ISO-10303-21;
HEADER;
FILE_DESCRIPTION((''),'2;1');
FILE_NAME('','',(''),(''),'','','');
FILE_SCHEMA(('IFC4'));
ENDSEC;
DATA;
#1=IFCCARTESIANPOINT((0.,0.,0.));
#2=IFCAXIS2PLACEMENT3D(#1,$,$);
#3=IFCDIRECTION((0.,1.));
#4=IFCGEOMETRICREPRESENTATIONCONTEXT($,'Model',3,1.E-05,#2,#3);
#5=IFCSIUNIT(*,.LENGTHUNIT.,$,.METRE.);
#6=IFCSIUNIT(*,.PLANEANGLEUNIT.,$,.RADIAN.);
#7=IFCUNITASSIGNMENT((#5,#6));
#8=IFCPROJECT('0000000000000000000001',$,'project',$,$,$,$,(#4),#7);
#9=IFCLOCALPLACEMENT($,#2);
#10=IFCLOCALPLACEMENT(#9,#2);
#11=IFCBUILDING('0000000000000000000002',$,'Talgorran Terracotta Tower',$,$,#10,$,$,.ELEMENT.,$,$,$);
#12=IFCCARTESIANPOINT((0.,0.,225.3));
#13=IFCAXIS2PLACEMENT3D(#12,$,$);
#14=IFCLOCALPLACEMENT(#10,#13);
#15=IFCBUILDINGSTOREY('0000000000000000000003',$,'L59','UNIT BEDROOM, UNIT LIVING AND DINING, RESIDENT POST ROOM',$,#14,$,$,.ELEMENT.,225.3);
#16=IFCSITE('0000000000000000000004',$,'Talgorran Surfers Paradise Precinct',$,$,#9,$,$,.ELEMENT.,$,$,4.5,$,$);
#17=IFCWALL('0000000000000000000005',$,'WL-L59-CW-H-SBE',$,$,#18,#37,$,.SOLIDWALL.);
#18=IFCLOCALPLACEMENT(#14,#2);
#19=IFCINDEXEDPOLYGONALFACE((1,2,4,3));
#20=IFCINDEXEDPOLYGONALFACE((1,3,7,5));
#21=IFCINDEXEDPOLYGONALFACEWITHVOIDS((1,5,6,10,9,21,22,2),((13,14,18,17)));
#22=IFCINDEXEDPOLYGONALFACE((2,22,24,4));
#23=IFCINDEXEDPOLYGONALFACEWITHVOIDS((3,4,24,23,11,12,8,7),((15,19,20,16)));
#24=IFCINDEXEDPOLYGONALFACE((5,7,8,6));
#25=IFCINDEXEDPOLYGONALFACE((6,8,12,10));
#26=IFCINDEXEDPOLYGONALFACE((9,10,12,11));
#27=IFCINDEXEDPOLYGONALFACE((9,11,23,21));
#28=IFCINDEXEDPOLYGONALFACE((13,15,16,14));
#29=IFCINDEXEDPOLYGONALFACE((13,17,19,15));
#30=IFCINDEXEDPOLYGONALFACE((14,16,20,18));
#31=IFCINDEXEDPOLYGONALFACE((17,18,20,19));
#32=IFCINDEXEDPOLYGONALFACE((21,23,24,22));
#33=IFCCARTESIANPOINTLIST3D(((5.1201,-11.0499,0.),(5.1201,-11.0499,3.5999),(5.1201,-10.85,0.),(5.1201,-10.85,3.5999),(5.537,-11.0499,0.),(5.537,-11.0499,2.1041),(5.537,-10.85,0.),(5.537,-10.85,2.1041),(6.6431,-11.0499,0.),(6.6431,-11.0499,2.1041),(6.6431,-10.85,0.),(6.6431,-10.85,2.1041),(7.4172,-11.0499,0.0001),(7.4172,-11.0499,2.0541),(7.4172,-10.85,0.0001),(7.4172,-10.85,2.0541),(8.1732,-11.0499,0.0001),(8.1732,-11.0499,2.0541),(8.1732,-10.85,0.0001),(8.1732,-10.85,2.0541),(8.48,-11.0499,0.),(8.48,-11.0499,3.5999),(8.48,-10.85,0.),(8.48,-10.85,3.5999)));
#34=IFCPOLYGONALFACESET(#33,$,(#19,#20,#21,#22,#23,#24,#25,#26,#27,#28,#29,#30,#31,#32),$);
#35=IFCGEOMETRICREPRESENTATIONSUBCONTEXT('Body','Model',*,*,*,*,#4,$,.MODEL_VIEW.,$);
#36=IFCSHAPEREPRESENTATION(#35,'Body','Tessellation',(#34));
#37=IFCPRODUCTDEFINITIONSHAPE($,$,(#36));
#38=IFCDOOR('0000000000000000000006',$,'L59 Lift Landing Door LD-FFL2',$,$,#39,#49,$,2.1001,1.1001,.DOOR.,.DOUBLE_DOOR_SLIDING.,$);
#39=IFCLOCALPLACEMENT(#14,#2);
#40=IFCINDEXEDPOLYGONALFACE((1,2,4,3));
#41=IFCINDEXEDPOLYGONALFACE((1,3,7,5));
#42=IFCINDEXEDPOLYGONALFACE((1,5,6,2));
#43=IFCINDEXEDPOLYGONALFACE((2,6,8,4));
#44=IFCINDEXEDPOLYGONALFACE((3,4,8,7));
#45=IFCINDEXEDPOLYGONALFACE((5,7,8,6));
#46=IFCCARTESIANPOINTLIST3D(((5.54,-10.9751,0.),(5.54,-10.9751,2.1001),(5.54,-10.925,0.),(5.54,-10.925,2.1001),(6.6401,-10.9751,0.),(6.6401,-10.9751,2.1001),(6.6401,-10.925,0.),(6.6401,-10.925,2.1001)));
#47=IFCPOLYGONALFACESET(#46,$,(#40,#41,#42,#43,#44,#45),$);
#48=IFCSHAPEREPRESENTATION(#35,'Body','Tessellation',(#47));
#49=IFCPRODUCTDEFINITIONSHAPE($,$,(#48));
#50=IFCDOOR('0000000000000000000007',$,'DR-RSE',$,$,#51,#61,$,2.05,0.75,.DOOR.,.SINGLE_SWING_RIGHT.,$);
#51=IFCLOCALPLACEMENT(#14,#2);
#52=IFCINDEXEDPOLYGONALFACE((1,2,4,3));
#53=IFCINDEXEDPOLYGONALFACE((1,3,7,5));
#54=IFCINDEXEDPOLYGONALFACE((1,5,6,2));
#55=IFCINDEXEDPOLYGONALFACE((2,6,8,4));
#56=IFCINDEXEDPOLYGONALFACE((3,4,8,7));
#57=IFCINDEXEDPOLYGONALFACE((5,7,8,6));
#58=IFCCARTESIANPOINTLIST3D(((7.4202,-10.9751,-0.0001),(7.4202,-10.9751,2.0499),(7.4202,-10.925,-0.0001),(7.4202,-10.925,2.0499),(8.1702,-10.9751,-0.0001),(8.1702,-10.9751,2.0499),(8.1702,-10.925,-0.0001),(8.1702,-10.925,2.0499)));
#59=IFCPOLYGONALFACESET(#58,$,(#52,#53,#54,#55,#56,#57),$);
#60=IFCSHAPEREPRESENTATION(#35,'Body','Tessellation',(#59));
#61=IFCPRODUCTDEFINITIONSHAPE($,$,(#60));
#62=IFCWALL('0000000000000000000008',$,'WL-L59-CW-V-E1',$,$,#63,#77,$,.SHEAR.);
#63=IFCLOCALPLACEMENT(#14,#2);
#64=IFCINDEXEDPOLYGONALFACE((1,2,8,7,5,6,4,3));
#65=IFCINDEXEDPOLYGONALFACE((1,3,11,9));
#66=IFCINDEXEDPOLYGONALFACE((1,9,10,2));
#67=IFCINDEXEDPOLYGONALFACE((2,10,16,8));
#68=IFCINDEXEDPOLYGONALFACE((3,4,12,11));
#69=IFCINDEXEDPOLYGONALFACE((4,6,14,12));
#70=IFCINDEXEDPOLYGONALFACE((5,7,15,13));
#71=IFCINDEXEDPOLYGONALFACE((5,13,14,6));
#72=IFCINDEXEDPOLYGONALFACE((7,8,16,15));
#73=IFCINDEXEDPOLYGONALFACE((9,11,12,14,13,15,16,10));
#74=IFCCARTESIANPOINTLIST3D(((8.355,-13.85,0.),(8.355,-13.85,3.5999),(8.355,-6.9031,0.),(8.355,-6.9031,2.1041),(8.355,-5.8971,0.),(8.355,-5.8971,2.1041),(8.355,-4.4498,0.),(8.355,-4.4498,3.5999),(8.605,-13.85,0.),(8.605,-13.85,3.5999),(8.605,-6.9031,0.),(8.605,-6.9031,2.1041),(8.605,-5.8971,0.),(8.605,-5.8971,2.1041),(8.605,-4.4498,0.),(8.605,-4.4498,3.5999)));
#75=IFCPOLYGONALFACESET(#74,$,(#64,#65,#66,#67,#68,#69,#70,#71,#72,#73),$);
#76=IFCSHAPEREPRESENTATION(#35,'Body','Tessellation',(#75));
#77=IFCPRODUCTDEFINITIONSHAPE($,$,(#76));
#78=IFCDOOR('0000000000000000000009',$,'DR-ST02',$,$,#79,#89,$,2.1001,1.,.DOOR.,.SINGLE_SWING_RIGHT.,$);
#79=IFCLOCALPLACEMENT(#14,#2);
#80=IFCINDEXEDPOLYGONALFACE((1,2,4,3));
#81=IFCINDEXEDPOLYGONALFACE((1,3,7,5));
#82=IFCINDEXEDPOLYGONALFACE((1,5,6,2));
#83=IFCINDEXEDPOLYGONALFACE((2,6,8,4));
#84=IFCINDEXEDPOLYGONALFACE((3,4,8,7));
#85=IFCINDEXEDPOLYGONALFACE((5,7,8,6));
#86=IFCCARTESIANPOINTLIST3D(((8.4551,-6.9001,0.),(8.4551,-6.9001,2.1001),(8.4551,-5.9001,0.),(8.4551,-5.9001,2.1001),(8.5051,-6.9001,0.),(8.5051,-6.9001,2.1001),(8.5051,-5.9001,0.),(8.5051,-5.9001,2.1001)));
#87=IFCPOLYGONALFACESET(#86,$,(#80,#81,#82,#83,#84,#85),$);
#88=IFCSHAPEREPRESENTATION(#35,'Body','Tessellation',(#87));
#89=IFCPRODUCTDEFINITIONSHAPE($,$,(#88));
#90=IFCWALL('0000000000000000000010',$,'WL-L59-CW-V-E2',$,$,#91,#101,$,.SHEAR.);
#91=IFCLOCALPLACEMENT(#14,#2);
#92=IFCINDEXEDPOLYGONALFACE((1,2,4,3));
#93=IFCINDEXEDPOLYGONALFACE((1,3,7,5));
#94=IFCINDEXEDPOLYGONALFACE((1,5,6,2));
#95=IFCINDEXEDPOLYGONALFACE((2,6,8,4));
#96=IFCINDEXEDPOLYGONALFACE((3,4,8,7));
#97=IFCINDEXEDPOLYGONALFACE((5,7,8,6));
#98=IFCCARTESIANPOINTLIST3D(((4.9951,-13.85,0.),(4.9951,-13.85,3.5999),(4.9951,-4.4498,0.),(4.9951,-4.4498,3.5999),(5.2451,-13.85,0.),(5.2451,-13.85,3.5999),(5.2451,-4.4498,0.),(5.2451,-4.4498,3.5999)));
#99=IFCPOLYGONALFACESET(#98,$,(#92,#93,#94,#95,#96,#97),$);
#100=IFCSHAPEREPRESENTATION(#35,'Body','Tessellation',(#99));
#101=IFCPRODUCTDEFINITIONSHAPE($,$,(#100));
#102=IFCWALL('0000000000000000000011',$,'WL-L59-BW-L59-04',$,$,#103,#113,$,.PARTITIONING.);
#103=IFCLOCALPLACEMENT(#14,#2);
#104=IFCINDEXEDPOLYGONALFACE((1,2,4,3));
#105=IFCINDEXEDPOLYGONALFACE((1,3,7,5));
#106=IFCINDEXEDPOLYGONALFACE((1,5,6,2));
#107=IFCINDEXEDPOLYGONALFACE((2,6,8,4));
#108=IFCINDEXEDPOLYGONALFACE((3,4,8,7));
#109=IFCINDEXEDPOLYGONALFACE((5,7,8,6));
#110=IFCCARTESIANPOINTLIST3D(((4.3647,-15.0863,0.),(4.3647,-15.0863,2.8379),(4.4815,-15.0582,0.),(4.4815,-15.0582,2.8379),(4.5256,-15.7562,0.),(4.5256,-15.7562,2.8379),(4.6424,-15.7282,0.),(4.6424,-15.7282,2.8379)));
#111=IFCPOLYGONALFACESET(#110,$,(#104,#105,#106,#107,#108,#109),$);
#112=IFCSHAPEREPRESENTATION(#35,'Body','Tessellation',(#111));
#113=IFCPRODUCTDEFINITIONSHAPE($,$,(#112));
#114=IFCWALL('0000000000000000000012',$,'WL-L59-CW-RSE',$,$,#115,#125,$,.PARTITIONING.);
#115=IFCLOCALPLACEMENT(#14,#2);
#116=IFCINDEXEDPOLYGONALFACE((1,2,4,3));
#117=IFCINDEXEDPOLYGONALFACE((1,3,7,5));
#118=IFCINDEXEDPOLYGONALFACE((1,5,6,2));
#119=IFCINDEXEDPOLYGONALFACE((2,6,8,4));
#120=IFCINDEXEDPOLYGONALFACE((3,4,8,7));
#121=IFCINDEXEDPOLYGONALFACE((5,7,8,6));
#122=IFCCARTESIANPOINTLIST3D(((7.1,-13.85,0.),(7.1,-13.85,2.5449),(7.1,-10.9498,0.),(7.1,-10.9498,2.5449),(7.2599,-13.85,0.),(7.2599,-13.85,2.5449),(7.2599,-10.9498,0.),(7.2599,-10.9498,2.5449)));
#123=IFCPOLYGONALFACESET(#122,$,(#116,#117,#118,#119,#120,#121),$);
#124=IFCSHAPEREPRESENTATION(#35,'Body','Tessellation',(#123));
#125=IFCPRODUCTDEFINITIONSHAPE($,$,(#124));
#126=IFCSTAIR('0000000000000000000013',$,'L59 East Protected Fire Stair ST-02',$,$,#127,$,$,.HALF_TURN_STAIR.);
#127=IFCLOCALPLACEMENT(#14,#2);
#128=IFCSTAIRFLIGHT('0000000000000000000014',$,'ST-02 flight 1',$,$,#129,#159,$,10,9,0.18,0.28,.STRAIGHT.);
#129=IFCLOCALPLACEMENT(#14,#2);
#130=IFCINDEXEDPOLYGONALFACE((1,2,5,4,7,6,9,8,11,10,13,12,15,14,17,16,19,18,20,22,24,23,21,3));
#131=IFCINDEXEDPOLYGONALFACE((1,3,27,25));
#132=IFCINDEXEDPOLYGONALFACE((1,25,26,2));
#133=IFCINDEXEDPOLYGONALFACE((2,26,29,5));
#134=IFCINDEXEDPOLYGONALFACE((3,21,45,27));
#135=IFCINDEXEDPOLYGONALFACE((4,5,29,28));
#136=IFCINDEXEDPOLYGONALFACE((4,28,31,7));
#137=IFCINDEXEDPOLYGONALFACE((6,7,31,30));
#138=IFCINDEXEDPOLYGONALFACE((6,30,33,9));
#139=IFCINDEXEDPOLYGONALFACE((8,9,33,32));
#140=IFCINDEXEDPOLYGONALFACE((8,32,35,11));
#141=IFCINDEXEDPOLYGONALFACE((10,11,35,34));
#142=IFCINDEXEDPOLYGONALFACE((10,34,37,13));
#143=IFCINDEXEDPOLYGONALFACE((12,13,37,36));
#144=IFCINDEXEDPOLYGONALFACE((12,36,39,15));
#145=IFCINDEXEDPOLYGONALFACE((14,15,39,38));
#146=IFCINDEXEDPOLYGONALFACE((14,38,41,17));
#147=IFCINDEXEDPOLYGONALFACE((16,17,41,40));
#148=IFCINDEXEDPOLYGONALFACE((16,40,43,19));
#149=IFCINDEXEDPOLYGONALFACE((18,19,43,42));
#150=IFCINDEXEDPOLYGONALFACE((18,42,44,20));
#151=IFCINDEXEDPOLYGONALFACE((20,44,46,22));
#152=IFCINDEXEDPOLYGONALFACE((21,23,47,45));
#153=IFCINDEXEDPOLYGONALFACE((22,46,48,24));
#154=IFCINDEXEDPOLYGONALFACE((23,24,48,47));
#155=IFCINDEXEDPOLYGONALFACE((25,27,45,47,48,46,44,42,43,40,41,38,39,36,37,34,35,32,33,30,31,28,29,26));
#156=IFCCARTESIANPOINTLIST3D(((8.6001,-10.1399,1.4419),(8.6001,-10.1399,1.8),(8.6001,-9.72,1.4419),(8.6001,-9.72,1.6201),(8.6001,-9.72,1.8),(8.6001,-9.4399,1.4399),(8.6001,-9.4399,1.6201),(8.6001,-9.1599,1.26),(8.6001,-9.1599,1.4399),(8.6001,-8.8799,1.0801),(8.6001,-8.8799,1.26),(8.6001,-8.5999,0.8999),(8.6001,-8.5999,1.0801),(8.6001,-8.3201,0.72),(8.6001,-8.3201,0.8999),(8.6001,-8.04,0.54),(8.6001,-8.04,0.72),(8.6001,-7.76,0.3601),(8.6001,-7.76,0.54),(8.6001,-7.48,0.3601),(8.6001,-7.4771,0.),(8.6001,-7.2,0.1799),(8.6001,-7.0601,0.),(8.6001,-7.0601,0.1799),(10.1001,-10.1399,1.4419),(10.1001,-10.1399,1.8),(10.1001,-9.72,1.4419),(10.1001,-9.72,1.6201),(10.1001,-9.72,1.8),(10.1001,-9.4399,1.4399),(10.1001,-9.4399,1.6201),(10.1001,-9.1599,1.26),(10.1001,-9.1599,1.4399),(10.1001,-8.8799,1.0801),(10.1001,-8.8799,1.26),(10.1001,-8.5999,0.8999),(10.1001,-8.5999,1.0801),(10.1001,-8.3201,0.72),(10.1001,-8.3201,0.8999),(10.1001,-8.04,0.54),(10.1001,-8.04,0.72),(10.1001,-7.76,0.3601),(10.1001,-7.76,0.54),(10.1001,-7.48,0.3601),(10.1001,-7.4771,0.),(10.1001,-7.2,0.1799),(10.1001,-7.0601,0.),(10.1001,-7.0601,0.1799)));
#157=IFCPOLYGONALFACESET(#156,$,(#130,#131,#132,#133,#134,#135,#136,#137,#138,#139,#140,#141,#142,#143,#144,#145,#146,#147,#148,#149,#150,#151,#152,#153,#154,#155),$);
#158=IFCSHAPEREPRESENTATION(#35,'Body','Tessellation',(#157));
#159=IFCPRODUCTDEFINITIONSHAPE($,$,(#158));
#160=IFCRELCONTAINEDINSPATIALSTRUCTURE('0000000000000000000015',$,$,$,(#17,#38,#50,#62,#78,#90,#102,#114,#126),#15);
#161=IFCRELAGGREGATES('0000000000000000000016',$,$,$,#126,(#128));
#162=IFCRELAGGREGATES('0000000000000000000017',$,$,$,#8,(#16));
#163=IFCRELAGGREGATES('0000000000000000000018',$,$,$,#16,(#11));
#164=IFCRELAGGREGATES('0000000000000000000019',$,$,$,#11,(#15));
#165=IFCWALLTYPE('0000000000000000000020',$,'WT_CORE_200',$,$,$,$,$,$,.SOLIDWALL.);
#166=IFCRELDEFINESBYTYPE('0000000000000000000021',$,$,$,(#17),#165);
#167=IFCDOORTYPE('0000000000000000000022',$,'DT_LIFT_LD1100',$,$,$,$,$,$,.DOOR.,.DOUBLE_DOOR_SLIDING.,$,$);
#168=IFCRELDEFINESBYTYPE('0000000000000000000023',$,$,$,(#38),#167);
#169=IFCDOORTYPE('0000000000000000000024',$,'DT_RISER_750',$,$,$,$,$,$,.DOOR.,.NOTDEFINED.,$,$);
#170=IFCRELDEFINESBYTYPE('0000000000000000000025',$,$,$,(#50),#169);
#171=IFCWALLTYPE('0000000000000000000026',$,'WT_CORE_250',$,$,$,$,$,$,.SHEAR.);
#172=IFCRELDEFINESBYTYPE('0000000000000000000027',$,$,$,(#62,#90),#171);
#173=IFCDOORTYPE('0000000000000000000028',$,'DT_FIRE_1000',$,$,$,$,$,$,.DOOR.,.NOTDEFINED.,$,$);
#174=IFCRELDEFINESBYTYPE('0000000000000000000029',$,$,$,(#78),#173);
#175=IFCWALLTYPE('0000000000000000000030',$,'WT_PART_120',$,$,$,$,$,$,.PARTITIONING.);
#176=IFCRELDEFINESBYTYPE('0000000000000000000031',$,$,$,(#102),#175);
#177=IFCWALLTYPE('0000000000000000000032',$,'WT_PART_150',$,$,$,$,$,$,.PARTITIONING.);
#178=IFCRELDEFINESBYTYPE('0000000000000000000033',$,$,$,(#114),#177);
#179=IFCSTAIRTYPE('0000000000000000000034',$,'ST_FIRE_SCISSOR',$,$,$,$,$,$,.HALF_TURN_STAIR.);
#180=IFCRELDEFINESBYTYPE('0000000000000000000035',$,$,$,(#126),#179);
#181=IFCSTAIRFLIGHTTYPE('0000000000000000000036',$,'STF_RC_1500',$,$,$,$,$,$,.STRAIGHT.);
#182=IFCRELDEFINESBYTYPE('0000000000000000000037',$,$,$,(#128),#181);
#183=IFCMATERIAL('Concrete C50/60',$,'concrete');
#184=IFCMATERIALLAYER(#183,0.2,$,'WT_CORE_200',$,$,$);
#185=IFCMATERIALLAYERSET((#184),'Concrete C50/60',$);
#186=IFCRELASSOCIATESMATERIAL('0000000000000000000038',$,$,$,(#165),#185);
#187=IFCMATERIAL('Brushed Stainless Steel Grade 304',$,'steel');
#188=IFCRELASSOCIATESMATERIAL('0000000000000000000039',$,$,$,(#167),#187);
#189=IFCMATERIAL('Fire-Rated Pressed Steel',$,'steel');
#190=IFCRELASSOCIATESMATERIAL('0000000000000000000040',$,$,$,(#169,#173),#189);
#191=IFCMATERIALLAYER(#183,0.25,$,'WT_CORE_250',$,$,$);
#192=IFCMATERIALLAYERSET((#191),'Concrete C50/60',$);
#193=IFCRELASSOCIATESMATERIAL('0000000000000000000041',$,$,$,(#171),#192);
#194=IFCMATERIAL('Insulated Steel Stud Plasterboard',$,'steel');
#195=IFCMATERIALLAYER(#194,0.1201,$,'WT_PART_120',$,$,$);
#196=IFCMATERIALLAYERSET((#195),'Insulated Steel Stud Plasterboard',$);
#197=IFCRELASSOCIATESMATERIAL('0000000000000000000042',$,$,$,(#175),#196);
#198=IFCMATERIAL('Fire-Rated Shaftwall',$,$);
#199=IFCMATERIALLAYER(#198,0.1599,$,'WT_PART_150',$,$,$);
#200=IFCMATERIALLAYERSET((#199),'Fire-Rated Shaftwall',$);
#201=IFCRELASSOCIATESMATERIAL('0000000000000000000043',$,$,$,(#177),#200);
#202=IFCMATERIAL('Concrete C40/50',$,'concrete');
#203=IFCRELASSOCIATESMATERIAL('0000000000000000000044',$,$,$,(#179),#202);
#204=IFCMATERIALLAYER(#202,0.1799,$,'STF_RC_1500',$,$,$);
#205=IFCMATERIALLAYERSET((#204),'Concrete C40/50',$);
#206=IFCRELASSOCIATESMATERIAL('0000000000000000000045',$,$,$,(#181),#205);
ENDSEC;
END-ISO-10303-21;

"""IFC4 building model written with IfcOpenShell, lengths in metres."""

from ifc_helpers import new_model, si_unit, direction, frame, frame_2d, origin, place, context, subcontext, project, spatial, polyline, rectangle, outline, extrude, material, layer, layer_set, type_object, element, fill, aggregate, save


model = new_model("IFC4")

# Units and contexts
model_context = context("Model", 3, precision=1e-05, world=origin(), true_north=direction((0.0, 1.0)))
body_context = subcontext(model_context, "Body", "Model", "MODEL_VIEW")
ifc_project = project(units=[si_unit("LENGTHUNIT", "METRE"), si_unit("PLANEANGLEUNIT", "RADIAN")], contexts=[model_context])

# Site, building, storey
site_placement = place(None, origin())
site = spatial("IfcSite", under=ifc_project, at=site_placement, Name="Talgorran Surfers Paradise Precinct", CompositionType="ELEMENT", RefElevation=4.5)
building_placement = place(site_placement, origin())
building = spatial("IfcBuilding", under=site, at=building_placement, Name="Talgorran Terracotta Tower", CompositionType="ELEMENT")
storey_placement = place(building_placement, frame((0.0, 0.0, 225.3)))
storey = spatial("IfcBuildingStorey", under=building, at=storey_placement, Name="L59", Description="UNIT BEDROOM, UNIT LIVING AND DINING, RESIDENT POST ROOM", CompositionType="ELEMENT", Elevation=225.3)

# Shared definitions
ifc_material_1 = material(Name="Concrete C50/60", Category="concrete")

# Shared definitions
ifc_layer_1 = layer(ifc_material_1, 0.2, Name="WT_CORE_200")
ifc_layer_set_1 = layer_set([ifc_layer_1], Name="Concrete C50/60")
wall_type_1 = type_object("IfcWallType", Name="WT_CORE_200", PredefinedType="SOLIDWALL", material=ifc_layer_set_1)

# Wall, openings, doors
wall_1_placement = place(storey_placement, frame((5.1201, -10.95, 0.0), z_axis=(0.0, 0.0, 1.0), x_axis=(1.0, 0.0, 0.0)))
wall_1 = element("IfcWall", 1, at=wall_1_placement, inside=storey, type_object=wall_type_1, Name="WL-L59-CW-H-SBE", PredefinedType="SOLIDWALL", context=body_context, shape_type="SweptSolid", body=[
    extrude(rectangle(XDim=3.3599, YDim=0.2, at=frame_2d((1.6799, 0.0))), origin(), (0.0, 0.0, 1.0), 3.5999),
])
opening_1_placement = place(wall_1_placement, frame((0.4199, 0.0, 0.0)))
opening_1 = element("IfcOpeningElement", 2, at=opening_1_placement, cuts=wall_1, PredefinedType="OPENING", context=body_context, shape_type="SweptSolid", body=[
    extrude(rectangle(XDim=1.1061, YDim=2.1041, at=frame_2d((0.55, 1.052))), frame((0.0, 0.1099, 0.0), z_axis=(0.0, -1.0, 0.0), x_axis=(1.0, 0.0, 0.0)), (0.0, 0.0, 1.0), 0.22),
])
opening_2_placement = place(wall_1_placement, frame((2.3, 0.0, 0.0)))
opening_2 = element("IfcOpeningElement", 3, at=opening_2_placement, cuts=wall_1, PredefinedType="OPENING", context=body_context, shape_type="SweptSolid", body=[
    extrude(rectangle(XDim=0.756, YDim=2.054, at=frame_2d((0.375, 1.0271))), frame((0.0, 0.1099, 0.0), z_axis=(0.0, -1.0, 0.0), x_axis=(1.0, 0.0, 0.0)), (0.0, 0.0, 1.0), 0.22),
])
ifc_material_2 = material(Name="Brushed Stainless Steel Grade 304", Category="steel")
door_type_1 = type_object("IfcDoorType", Name="DT_LIFT_LD1100", OperationType="DOUBLE_DOOR_SLIDING", PredefinedType="DOOR", material=ifc_material_2)
door_1_placement = place(opening_1_placement, origin())
door_1 = element("IfcDoor", 4, at=door_1_placement, inside=storey, type_object=door_type_1, Name="L59 Lift Landing Door LD-FFL2", OperationType="DOUBLE_DOOR_SLIDING", OverallHeight=2.1001, OverallWidth=1.1001, PredefinedType="DOOR", context=body_context, shape_type="SweptSolid", body=[
    extrude(rectangle(XDim=1.1001, YDim=2.1001, at=frame_2d((0.55, 1.05))), frame((0.0, 0.0249, 0.0), z_axis=(0.0, -1.0, 0.0), x_axis=(1.0, 0.0, 0.0)), (0.0, 0.0, 1.0), 0.05),
])
fill(opening_1, door_1)
ifc_material_3 = material(Name="Fire-Rated Pressed Steel", Category="steel")
door_type_2 = type_object("IfcDoorType", Name="DT_RISER_750", OperationType="NOTDEFINED", PredefinedType="DOOR", material=ifc_material_3)
door_2_placement = place(opening_2_placement, origin())
door_2 = element("IfcDoor", 5, at=door_2_placement, inside=storey, type_object=door_type_2, Name="DR-RSE", OperationType="SINGLE_SWING_RIGHT", OverallHeight=2.05, OverallWidth=0.75, PredefinedType="DOOR", context=body_context, shape_type="SweptSolid", body=[
    extrude(rectangle(XDim=0.75, YDim=2.05, at=frame_2d((0.375, 1.0249))), frame((0.0, 0.0249, 0.0), z_axis=(0.0, -1.0, 0.0), x_axis=(1.0, 0.0, 0.0)), (0.0, 0.0, 1.0), 0.05),
])
fill(opening_2, door_2)

# Wall, opening, door
ifc_layer_2 = layer(ifc_material_1, 0.25, Name="WT_CORE_250")
ifc_layer_set_2 = layer_set([ifc_layer_2], Name="Concrete C50/60")
wall_type_2 = type_object("IfcWallType", Name="WT_CORE_250", PredefinedType="SHEAR", material=ifc_layer_set_2)
wall_2_placement = place(storey_placement, frame((8.48, -13.8501, 0.0), z_axis=(0.0, 0.0, 1.0), x_axis=(0.0, 1.0, 0.0)))
wall_2 = element("IfcWall", 6, at=wall_2_placement, inside=storey, type_object=wall_type_2, Name="WL-L59-CW-V-E1", PredefinedType="SHEAR", context=body_context, shape_type="SweptSolid", body=[
    extrude(rectangle(XDim=9.4001, YDim=0.25, at=frame_2d((4.7002, 0.0))), origin(), (0.0, 0.0, 1.0), 3.5999),
])
opening_3_placement = place(wall_2_placement, frame((6.95, 0.0, 0.0)))
opening_3 = element("IfcOpeningElement", 7, at=opening_3_placement, cuts=wall_2, PredefinedType="OPENING", context=body_context, shape_type="SweptSolid", body=[
    extrude(rectangle(XDim=1.006, YDim=2.1041, at=frame_2d((0.5, 1.052))), frame((0.0, 0.135, 0.0), z_axis=(0.0, -1.0, 0.0), x_axis=(1.0, 0.0, 0.0)), (0.0, 0.0, 1.0), 0.27),
])
door_type_3 = type_object("IfcDoorType", Name="DT_FIRE_1000", OperationType="NOTDEFINED", PredefinedType="DOOR", material=ifc_material_3)
door_3_placement = place(opening_3_placement, origin())
door_3 = element("IfcDoor", 8, at=door_3_placement, inside=storey, type_object=door_type_3, Name="DR-ST02", OperationType="SINGLE_SWING_RIGHT", OverallHeight=2.1001, OverallWidth=1.0, PredefinedType="DOOR", context=body_context, shape_type="SweptSolid", body=[
    extrude(rectangle(XDim=1.0, YDim=2.1001, at=frame_2d((0.5, 1.05))), frame((0.0, 0.0249, 0.0), z_axis=(0.0, -1.0, 0.0), x_axis=(1.0, 0.0, 0.0)), (0.0, 0.0, 1.0), 0.05),
])
fill(opening_3, door_3)

# Walls
wall_3_placement = place(storey_placement, frame((5.1201, -13.8501, 0.0), z_axis=(0.0, 0.0, 1.0), x_axis=(0.0, 1.0, 0.0)))
element("IfcWall", 9, at=wall_3_placement, inside=storey, type_object=wall_type_2, Name="WL-L59-CW-V-E2", PredefinedType="SHEAR", context=body_context, shape_type="SweptSolid", body=[
    extrude(rectangle(XDim=9.4001, YDim=0.25, at=frame_2d((4.7002, 0.0))), origin(), (0.0, 0.0, 1.0), 3.5999),
])
ifc_material_4 = material(Name="Insulated Steel Stud Plasterboard", Category="steel")
ifc_layer_3 = layer(ifc_material_4, 0.1201, Name="WT_PART_120")
ifc_layer_set_3 = layer_set([ifc_layer_3], Name="Insulated Steel Stud Plasterboard")
wall_type_3 = type_object("IfcWallType", Name="WT_PART_120", PredefinedType="PARTITIONING", material=ifc_layer_set_3)
wall_4_placement = place(storey_placement, frame((4.4231, -15.0723, 0.0), z_axis=(0.0, 0.0, 1.0), x_axis=(0.23352, -0.972352, 0.0)))
element("IfcWall", 10, at=wall_4_placement, inside=storey, type_object=wall_type_3, Name="WL-L59-BW-L59-04", PredefinedType="PARTITIONING", context=body_context, shape_type="SweptSolid", body=[
    extrude(rectangle(XDim=0.689, YDim=0.1201, at=frame_2d((0.3445, 0.0))), origin(), (0.0, 0.0, 1.0), 2.8379),
])
ifc_material_5 = material(Name="Fire-Rated Shaftwall")
ifc_layer_4 = layer(ifc_material_5, 0.1599, Name="WT_PART_150")
ifc_layer_set_4 = layer_set([ifc_layer_4], Name="Fire-Rated Shaftwall")
wall_type_4 = type_object("IfcWallType", Name="WT_PART_150", PredefinedType="PARTITIONING", material=ifc_layer_set_4)
wall_5_placement = place(storey_placement, frame((7.1799, -13.8501, 0.0), z_axis=(0.0, 0.0, 1.0), x_axis=(0.0, 1.0, 0.0)))
element("IfcWall", 11, at=wall_5_placement, inside=storey, type_object=wall_type_4, Name="WL-L59-CW-RSE", PredefinedType="PARTITIONING", context=body_context, shape_type="SweptSolid", body=[
    extrude(rectangle(XDim=2.9001, YDim=0.1599, at=frame_2d((1.4502, 0.0))), origin(), (0.0, 0.0, 1.0), 2.5449),
])

# Stair, stair flight
ifc_material_6 = material(Name="Concrete C40/50", Category="concrete")
stair_type = type_object("IfcStairType", Name="ST_FIRE_SCISSOR", PredefinedType="HALF_TURN_STAIR", material=ifc_material_6)
stair_placement = place(storey_placement, origin())
stair = element("IfcStair", 12, at=stair_placement, inside=storey, type_object=stair_type, Name="L59 East Protected Fire Stair ST-02", PredefinedType="HALF_TURN_STAIR")
ifc_layer_5 = layer(ifc_material_6, 0.1799, Name="STF_RC_1500")
ifc_layer_set_5 = layer_set([ifc_layer_5], Name="Concrete C40/50")
stair_flight_type = type_object("IfcStairFlightType", Name="STF_RC_1500", PredefinedType="STRAIGHT", material=ifc_layer_set_5)
stair_flight_placement = place(storey_placement, frame((9.3501, -7.2, 0.0), z_axis=(0.0, 0.0, 1.0), x_axis=(0.0, -1.0, 0.0)))
stair_flight = element("IfcStairFlight", 13, at=stair_flight_placement, type_object=stair_flight_type, Name="ST-02 flight 1", NumberOfRisers=10, NumberOfTreads=9, PredefinedType="STRAIGHT", RiserHeight=0.18, TreadLength=0.28, context=body_context, shape_type="SweptSolid", body=[
    extrude(outline(polyline([(-0.1399, 0.0), (-0.1399, 0.1799), (0.0, 0.1799), (0.28, 0.3601), (0.5601, 0.3601), (0.5601, 0.54), (0.8401, 0.54), (0.8401, 0.72), (1.1201, 0.72), (1.1201, 0.8999), (1.3999, 0.8999), (1.3999, 1.0801), (1.6799, 1.0801), (1.6799, 1.26), (1.96, 1.26), (1.96, 1.4399), (2.24, 1.4399), (2.24, 1.6201), (2.52, 1.6201), (2.52, 1.8), (2.9399, 1.8), (2.9399, 1.4419), (2.52, 1.4419), (0.2771, 0.0), (-0.1399, 0.0)])), frame((0.0, 0.75, 0.0), z_axis=(0.0, -1.0, 0.0), x_axis=(1.0, 0.0, 0.0)), (0.0, 0.0, 1.0), 1.5),
])
aggregate(stair, [stair_flight])

save(model, "model.ifc")
